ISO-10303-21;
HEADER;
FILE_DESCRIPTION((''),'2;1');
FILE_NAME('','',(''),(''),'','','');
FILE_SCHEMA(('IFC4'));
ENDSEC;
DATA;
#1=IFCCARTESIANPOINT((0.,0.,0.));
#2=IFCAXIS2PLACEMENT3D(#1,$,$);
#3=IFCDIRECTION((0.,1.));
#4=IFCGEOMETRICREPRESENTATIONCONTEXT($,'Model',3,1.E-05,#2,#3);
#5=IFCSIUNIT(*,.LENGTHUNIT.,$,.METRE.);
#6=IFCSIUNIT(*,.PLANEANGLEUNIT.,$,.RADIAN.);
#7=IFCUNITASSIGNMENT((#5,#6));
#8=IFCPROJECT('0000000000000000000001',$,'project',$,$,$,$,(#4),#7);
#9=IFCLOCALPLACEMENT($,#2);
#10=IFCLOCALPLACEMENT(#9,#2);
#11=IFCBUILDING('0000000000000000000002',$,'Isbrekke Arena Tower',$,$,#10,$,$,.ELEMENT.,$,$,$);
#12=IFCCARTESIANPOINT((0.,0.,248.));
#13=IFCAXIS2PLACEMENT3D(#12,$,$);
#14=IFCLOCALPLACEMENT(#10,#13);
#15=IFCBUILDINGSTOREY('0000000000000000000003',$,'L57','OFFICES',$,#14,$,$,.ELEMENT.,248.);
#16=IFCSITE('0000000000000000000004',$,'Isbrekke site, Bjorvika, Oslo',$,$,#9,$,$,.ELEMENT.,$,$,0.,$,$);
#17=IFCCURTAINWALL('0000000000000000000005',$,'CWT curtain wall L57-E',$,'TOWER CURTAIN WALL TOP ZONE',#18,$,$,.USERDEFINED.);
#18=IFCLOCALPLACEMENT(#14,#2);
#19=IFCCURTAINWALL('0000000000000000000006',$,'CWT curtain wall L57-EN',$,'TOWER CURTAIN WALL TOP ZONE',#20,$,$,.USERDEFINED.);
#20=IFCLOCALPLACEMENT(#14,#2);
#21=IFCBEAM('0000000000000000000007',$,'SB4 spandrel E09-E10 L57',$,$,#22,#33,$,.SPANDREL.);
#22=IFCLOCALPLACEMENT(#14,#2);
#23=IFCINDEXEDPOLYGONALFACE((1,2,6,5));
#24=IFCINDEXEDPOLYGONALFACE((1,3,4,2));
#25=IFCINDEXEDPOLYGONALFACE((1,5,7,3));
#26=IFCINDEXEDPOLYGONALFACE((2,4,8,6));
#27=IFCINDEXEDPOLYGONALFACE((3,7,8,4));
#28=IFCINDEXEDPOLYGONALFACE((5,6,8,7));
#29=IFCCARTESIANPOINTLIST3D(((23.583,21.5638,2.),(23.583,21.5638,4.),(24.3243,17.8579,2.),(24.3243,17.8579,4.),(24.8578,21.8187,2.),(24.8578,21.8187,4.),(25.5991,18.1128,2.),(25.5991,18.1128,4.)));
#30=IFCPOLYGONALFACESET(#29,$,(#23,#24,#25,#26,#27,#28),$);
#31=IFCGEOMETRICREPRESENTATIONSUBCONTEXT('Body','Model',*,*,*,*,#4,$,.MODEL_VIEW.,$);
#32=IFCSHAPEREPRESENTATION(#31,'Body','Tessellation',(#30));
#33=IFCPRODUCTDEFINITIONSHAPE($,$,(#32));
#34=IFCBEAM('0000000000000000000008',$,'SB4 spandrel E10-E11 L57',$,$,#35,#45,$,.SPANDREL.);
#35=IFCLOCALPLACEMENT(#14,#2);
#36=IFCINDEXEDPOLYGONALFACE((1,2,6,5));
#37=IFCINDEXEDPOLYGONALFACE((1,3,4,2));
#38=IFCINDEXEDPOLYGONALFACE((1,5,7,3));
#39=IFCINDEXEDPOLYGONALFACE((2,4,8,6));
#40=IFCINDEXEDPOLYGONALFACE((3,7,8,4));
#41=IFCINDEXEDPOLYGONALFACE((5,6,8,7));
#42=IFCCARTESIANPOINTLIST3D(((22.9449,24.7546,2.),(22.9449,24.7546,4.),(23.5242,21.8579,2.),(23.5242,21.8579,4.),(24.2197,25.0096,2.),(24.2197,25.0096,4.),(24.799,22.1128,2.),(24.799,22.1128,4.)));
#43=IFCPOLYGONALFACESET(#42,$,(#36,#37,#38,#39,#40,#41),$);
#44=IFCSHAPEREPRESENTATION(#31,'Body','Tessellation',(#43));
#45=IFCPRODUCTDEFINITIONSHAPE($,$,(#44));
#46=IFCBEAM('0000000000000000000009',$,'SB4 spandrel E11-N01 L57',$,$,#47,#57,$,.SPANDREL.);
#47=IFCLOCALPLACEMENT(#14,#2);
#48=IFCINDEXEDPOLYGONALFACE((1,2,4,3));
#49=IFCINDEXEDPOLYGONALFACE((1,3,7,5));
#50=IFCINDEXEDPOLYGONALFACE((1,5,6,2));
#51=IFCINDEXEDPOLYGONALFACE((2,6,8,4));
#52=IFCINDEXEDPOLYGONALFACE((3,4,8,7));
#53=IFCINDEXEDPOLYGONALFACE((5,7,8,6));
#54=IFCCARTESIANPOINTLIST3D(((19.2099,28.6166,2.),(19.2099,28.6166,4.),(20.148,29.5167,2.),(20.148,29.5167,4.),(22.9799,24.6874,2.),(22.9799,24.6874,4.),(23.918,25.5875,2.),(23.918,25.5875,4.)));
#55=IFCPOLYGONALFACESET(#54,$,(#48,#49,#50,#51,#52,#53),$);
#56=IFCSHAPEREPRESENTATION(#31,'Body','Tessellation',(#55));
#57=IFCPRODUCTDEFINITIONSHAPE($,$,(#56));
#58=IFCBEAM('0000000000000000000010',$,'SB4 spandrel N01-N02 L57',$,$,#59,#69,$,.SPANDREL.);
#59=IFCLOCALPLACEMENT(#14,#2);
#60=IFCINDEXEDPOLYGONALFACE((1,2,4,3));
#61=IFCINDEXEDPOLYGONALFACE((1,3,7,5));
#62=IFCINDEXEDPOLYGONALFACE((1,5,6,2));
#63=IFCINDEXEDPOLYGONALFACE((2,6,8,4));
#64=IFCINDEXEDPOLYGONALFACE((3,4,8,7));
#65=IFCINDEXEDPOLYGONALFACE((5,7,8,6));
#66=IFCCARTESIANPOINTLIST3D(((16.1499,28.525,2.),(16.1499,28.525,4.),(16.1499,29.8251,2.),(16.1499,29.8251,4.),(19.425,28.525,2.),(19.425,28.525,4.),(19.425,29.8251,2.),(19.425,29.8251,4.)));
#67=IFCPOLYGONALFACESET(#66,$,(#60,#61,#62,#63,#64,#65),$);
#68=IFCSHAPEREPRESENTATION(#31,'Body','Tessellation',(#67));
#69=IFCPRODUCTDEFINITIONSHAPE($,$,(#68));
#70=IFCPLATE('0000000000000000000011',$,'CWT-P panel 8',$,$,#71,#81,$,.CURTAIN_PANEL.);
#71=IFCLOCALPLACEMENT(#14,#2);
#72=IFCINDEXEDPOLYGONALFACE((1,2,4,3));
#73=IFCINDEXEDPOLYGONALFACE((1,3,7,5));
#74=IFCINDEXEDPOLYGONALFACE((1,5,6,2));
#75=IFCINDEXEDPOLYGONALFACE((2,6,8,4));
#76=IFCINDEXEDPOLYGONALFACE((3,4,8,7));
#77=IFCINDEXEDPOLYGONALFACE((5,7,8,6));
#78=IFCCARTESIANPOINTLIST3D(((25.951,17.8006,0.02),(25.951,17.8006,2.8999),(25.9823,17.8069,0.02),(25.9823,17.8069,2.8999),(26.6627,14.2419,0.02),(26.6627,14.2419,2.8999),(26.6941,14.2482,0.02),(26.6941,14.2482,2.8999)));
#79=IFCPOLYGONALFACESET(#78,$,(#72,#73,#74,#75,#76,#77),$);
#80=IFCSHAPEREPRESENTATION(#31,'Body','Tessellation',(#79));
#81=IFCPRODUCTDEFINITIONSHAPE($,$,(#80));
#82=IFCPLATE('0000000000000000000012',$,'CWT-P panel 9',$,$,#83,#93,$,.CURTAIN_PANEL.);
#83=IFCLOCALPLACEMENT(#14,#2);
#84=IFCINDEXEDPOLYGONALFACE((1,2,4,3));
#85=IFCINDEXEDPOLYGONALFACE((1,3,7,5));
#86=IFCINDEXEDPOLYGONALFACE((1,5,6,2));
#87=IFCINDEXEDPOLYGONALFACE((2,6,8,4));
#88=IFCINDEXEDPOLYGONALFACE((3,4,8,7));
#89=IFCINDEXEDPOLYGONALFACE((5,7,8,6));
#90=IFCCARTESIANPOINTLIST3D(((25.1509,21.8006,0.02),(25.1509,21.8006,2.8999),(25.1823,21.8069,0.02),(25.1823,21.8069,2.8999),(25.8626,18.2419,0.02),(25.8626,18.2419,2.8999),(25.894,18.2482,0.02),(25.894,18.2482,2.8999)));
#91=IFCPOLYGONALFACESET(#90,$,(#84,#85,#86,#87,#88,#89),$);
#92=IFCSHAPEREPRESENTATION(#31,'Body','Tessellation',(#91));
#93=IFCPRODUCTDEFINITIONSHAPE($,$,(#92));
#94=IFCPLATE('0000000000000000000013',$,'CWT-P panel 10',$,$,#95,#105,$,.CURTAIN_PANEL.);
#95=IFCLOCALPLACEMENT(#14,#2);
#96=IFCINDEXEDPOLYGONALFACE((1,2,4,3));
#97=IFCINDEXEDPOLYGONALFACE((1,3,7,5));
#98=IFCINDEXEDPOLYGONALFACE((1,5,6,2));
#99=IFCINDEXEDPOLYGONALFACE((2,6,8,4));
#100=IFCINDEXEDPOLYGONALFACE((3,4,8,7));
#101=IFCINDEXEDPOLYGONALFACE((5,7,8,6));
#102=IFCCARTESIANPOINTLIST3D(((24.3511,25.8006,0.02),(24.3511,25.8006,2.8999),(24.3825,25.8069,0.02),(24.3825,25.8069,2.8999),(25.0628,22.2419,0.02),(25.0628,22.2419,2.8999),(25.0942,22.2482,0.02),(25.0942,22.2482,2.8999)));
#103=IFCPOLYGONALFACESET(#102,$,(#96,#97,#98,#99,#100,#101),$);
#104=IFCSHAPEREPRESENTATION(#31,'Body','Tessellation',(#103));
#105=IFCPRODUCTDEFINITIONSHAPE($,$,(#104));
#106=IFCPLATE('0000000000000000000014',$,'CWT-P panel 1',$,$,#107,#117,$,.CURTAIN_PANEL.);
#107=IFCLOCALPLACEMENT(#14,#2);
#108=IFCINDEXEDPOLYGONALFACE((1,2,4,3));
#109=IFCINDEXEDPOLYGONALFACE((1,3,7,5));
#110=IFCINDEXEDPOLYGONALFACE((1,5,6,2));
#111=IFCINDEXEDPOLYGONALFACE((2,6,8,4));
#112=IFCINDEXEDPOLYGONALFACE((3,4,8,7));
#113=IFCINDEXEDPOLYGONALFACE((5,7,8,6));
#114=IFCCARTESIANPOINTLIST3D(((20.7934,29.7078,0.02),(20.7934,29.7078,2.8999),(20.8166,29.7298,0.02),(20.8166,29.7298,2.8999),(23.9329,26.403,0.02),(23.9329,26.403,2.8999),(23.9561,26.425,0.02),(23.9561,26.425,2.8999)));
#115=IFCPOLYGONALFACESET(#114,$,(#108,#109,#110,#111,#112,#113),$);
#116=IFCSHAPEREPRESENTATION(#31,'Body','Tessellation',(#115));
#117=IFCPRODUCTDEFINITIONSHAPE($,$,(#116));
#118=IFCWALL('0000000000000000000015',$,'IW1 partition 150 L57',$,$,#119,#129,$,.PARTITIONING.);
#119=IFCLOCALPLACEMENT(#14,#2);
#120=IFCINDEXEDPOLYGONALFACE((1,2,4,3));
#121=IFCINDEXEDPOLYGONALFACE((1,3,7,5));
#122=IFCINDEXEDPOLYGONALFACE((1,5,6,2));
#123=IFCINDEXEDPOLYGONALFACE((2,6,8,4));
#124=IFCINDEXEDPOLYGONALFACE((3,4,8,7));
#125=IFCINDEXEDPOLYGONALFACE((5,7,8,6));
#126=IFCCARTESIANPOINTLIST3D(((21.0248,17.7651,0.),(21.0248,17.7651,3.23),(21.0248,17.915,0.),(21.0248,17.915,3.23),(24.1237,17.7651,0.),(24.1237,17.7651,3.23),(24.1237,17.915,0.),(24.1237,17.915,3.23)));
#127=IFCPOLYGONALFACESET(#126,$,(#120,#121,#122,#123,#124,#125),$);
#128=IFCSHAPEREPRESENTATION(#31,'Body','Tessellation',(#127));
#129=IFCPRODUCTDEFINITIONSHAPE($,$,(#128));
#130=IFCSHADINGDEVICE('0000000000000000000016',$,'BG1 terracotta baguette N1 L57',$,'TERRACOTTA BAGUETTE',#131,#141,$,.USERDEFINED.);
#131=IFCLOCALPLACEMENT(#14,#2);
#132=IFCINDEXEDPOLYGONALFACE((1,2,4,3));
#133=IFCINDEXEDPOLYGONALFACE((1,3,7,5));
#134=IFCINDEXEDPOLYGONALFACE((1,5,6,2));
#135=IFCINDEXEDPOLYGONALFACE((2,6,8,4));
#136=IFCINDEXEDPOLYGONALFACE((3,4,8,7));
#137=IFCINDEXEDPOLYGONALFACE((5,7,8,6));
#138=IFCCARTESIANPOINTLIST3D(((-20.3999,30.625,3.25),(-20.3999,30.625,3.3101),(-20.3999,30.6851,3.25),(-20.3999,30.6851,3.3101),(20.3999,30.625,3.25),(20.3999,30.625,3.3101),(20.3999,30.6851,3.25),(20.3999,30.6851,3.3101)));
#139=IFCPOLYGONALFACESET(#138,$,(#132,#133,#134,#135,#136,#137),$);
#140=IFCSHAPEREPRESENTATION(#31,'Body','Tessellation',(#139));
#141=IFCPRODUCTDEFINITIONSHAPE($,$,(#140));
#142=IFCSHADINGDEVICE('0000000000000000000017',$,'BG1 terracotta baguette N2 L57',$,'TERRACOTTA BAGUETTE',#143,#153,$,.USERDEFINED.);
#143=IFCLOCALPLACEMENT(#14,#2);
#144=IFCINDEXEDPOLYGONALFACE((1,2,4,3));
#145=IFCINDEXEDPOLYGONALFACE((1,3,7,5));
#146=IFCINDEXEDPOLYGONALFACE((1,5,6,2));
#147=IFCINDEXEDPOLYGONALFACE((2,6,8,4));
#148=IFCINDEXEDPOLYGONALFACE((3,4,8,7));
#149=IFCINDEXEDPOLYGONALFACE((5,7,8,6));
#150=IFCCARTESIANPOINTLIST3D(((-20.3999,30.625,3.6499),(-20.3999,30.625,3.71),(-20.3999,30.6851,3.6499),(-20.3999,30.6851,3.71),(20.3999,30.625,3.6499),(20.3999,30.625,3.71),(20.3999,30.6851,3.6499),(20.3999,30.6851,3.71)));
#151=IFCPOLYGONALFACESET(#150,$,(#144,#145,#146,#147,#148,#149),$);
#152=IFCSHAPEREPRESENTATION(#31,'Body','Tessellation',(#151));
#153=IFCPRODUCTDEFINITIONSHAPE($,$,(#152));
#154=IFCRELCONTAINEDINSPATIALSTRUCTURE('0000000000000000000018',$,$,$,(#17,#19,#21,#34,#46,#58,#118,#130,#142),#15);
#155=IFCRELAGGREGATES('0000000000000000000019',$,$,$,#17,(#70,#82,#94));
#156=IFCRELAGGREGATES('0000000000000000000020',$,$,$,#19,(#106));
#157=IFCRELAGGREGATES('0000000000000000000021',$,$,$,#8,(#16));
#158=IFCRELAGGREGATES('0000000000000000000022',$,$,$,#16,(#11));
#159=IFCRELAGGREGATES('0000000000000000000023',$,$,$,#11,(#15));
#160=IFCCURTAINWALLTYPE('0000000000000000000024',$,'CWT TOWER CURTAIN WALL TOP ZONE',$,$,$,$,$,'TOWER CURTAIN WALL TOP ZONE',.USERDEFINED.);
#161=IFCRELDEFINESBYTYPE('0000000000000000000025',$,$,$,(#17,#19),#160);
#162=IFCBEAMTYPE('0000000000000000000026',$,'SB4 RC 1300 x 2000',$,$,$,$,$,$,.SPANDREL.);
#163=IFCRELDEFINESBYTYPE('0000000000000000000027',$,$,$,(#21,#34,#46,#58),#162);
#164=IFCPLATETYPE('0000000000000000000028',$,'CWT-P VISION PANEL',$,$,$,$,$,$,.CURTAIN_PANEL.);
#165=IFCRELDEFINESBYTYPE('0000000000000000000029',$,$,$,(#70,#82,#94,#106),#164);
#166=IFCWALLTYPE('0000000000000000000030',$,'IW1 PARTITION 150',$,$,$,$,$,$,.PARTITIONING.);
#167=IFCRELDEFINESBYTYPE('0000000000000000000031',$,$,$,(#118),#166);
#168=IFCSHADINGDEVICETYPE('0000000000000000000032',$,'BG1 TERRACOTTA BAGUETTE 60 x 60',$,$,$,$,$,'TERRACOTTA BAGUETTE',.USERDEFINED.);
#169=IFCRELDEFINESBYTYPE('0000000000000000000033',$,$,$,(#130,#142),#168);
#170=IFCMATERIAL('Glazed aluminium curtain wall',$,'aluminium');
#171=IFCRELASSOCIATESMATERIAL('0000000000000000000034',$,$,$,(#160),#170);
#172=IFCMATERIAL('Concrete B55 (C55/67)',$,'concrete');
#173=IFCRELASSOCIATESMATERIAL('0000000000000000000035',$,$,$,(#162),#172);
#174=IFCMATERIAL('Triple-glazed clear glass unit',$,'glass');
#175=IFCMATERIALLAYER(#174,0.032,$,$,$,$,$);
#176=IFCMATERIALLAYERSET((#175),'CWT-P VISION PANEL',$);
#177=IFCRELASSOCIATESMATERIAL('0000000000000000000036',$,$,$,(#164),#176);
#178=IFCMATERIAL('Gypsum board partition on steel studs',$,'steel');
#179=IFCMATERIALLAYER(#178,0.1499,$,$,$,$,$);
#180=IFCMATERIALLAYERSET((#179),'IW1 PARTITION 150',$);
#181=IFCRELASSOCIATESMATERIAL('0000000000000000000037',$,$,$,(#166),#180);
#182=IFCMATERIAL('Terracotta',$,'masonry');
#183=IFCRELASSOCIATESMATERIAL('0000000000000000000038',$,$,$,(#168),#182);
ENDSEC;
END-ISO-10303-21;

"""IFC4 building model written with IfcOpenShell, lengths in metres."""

from ifc_helpers import new_model, si_unit, direction, frame, frame_2d, origin, origin_2d, place, context, subcontext, project, spatial, rectangle, extrude, material, layer, layer_set, material_profile, profile_set, type_object, element, aggregate, save


model = new_model("IFC4")

# Units and contexts
model_context = context("Model", 3, precision=1e-05, world=origin(), true_north=direction((0.0, 1.0)))
body_context = subcontext(model_context, "Body", "Model", "MODEL_VIEW")
ifc_project = project(units=[si_unit("LENGTHUNIT", "METRE"), si_unit("PLANEANGLEUNIT", "RADIAN")], contexts=[model_context])

# Site, building, storey
site_placement = place(None, origin())
site = spatial("IfcSite", under=ifc_project, at=site_placement, Name="Isbrekke site, Bjorvika, Oslo", CompositionType="ELEMENT", RefElevation=0.0)
building_placement = place(site_placement, origin())
building = spatial("IfcBuilding", under=site, at=building_placement, Name="Isbrekke Arena Tower", CompositionType="ELEMENT")
storey_placement = place(building_placement, frame((0.0, 0.0, 248.0)))
storey = spatial("IfcBuildingStorey", under=building, at=storey_placement, Name="L57", Description="OFFICES", CompositionType="ELEMENT", Elevation=248.0)

# Curtain walls
ifc_material_1 = material(Name="Glazed aluminium curtain wall", Category="aluminium")
curtain_wall_type = type_object("IfcCurtainWallType", Name="CWT TOWER CURTAIN WALL TOP ZONE", ElementType="TOWER CURTAIN WALL TOP ZONE", PredefinedType="USERDEFINED", material=ifc_material_1)
curtain_wall_1_placement = place(storey_placement, origin())
curtain_wall_1 = element("IfcCurtainWall", 1, at=curtain_wall_1_placement, inside=storey, type_object=curtain_wall_type, Name="CWT curtain wall L57-E", ObjectType="TOWER CURTAIN WALL TOP ZONE", PredefinedType="USERDEFINED")
curtain_wall_2_placement = place(storey_placement, origin())
curtain_wall_2 = element("IfcCurtainWall", 2, at=curtain_wall_2_placement, inside=storey, type_object=curtain_wall_type, Name="CWT curtain wall L57-EN", ObjectType="TOWER CURTAIN WALL TOP ZONE", PredefinedType="USERDEFINED")

# Beams
ifc_material_2 = material(Name="Concrete B55 (C55/67)", Category="concrete")
ifc_material_profile_1 = material_profile(ifc_material_2, rectangle(XDim=1.3, YDim=2.0, at=origin_2d()), Name="RC 1300x2000")
ifc_profile_set_1 = profile_set([ifc_material_profile_1], Name="Concrete B55 (C55/67)")
beam_type_1 = type_object("IfcBeamType", Name="SB4 RC 1300 x 2000", PredefinedType="SPANDREL", material=ifc_profile_set_1)
beam_1_placement = place(storey_placement, frame((24.9617, 17.9854, 3.0), z_axis=(-0.196129, 0.980578, 0.0), x_axis=(-0.980578, -0.196129, 0.0)))
element("IfcBeam", 3, at=beam_1_placement, inside=storey, type_object=beam_type_1, Name="SB4 spandrel E09-E10 L57", PredefinedType="SPANDREL", context=body_context, shape_type="SweptSolid", body=[
    extrude(rectangle(XDim=1.3, YDim=2.0, at=origin_2d()), origin(), (0.0, 0.0, 1.0), 3.7793),
])
beam_2_placement = place(storey_placement, frame((24.1616, 21.9854, 3.0), z_axis=(-0.196116, 0.980581, 0.0), x_axis=(-0.980581, -0.196116, 0.0)))
element("IfcBeam", 4, at=beam_2_placement, inside=storey, type_object=beam_type_1, Name="SB4 spandrel E10-E11 L57", PredefinedType="SPANDREL", context=body_context, shape_type="SweptSolid", body=[
    extrude(rectangle(XDim=1.3, YDim=2.0, at=origin_2d()), origin(), (0.0, 0.0, 1.0), 2.9541),
])
beam_3_placement = place(storey_placement, frame((23.449, 25.1375, 3.0), z_axis=(-0.69234, 0.721572, 0.0), x_axis=(-0.721572, -0.69234, 0.0)))
element("IfcBeam", 5, at=beam_3_placement, inside=storey, type_object=beam_type_1, Name="SB4 spandrel E11-N01 L57", PredefinedType="SPANDREL", context=body_context, shape_type="SweptSolid", body=[
    extrude(rectangle(XDim=1.3, YDim=2.0, at=origin_2d()), origin(), (0.0, 0.0, 1.0), 5.4453),
])
beam_4_placement = place(storey_placement, frame((19.425, 29.175, 3.0), z_axis=(-1.0, 0.0, 0.0), x_axis=(0.0, -1.0, 0.0)))
element("IfcBeam", 6, at=beam_4_placement, inside=storey, type_object=beam_type_1, Name="SB4 spandrel N01-N02 L57", PredefinedType="SPANDREL", context=body_context, shape_type="SweptSolid", body=[
    extrude(rectangle(XDim=1.3, YDim=2.0, at=origin_2d()), origin(), (0.0, 0.0, 1.0), 3.2751),
])

# Plates
ifc_material_3 = material(Name="Triple-glazed clear glass unit", Category="glass")
ifc_layer_1 = layer(ifc_material_3, 0.032)
ifc_layer_set_1 = layer_set([ifc_layer_1], Name="CWT-P VISION PANEL")
plate_type = type_object("IfcPlateType", Name="CWT-P VISION PANEL", PredefinedType="CURTAIN_PANEL", material=ifc_layer_set_1)
plate_1_placement = place(storey_placement, frame((26.3225, 16.0244, 0.02), z_axis=(0.0, 0.0, 1.0), x_axis=(-0.196116, 0.980581, 0.0)))
plate_1 = element("IfcPlate", 7, at=plate_1_placement, type_object=plate_type, Name="CWT-P panel 8", PredefinedType="CURTAIN_PANEL", context=body_context, shape_type="SweptSolid", body=[
    extrude(rectangle(XDim=3.6292, YDim=0.032, at=origin_2d()), origin(), (0.0, 0.0, 1.0), 2.8799),
])
plate_2_placement = place(storey_placement, frame((25.5225, 20.0244, 0.02), z_axis=(0.0, 0.0, 1.0), x_axis=(-0.196116, 0.980581, 0.0)))
plate_2 = element("IfcPlate", 8, at=plate_2_placement, type_object=plate_type, Name="CWT-P panel 9", PredefinedType="CURTAIN_PANEL", context=body_context, shape_type="SweptSolid", body=[
    extrude(rectangle(XDim=3.6292, YDim=0.032, at=origin_2d()), origin(), (0.0, 0.0, 1.0), 2.8799),
])
plate_3_placement = place(storey_placement, frame((24.7227, 24.0244, 0.02), z_axis=(0.0, 0.0, 1.0), x_axis=(-0.196116, 0.980581, 0.0)))
plate_3 = element("IfcPlate", 9, at=plate_3_placement, type_object=plate_type, Name="CWT-P panel 10", PredefinedType="CURTAIN_PANEL", context=body_context, shape_type="SweptSolid", body=[
    extrude(rectangle(XDim=3.6292, YDim=0.032, at=origin_2d()), origin(), (0.0, 0.0, 1.0), 2.8799),
])
aggregate(curtain_wall_1, [plate_1, plate_2, plate_3])
plate_4_placement = place(storey_placement, frame((22.3748, 28.0664, 0.02), z_axis=(0.0, 0.0, 1.0), x_axis=(-0.688749, 0.724999, 0.0)))
plate_4 = element("IfcPlate", 10, at=plate_4_placement, type_object=plate_type, Name="CWT-P panel 1", PredefinedType="CURTAIN_PANEL", context=body_context, shape_type="SweptSolid", body=[
    extrude(rectangle(XDim=4.5583, YDim=0.032, at=origin_2d()), origin(), (0.0, 0.0, 1.0), 2.8799),
])
aggregate(curtain_wall_2, [plate_4])

# Wall
ifc_material_4 = material(Name="Gypsum board partition on steel studs", Category="steel")
ifc_layer_2 = layer(ifc_material_4, 0.1499)
ifc_layer_set_2 = layer_set([ifc_layer_2], Name="IW1 PARTITION 150")
wall_type = type_object("IfcWallType", Name="IW1 PARTITION 150", PredefinedType="PARTITIONING", material=ifc_layer_set_2)
wall_placement = place(storey_placement, frame((21.0249, 17.8401, 0.0), z_axis=(0.0, 0.0, 1.0), x_axis=(1.0, 0.0, 0.0)))
element("IfcWall", 11, at=wall_placement, inside=storey, type_object=wall_type, Name="IW1 partition 150 L57", PredefinedType="PARTITIONING", context=body_context, shape_type="SweptSolid", body=[
    extrude(rectangle(XDim=3.0989, YDim=0.1499, at=frame_2d((1.5493, 0.0))), origin(), (0.0, 0.0, 1.0), 3.23),
])

# Shading devices
ifc_material_5 = material(Name="Terracotta", Category="masonry")
ifc_material_profile_2 = material_profile(ifc_material_5, rectangle(XDim=0.0601, YDim=0.0601, at=origin_2d()), Name="BAGUETTE 60X60")
ifc_profile_set_2 = profile_set([ifc_material_profile_2], Name="Terracotta")
shading_device_type = type_object("IfcShadingDeviceType", Name="BG1 TERRACOTTA BAGUETTE 60 x 60", ElementType="TERRACOTTA BAGUETTE", PredefinedType="USERDEFINED", material=ifc_profile_set_2)
for number, where, z_axis, x_axis, name in (
    (12, (20.3999, 30.655, 3.28), (-1.0, 0.0, 0.0), (0.0, -1.0, 0.0), "BG1 terracotta baguette N1 L57"),
    (13, (20.3999, 30.655, 3.6799), (-1.0, 0.0, 0.0), (0.0, -1.0, 0.0), "BG1 terracotta baguette N2 L57"),
):
    element("IfcShadingDevice", number, at=place(storey_placement, frame(where, z_axis=z_axis, x_axis=x_axis)), inside=storey, type_object=shading_device_type, Name=name, ObjectType="TERRACOTTA BAGUETTE", PredefinedType="USERDEFINED", context=body_context, shape_type="SweptSolid", body=[
        extrude(rectangle(XDim=0.0601, YDim=0.0601, at=origin_2d()), origin(), (0.0, 0.0, 1.0), 40.7998),
    ])

save(model, "model.ifc")
